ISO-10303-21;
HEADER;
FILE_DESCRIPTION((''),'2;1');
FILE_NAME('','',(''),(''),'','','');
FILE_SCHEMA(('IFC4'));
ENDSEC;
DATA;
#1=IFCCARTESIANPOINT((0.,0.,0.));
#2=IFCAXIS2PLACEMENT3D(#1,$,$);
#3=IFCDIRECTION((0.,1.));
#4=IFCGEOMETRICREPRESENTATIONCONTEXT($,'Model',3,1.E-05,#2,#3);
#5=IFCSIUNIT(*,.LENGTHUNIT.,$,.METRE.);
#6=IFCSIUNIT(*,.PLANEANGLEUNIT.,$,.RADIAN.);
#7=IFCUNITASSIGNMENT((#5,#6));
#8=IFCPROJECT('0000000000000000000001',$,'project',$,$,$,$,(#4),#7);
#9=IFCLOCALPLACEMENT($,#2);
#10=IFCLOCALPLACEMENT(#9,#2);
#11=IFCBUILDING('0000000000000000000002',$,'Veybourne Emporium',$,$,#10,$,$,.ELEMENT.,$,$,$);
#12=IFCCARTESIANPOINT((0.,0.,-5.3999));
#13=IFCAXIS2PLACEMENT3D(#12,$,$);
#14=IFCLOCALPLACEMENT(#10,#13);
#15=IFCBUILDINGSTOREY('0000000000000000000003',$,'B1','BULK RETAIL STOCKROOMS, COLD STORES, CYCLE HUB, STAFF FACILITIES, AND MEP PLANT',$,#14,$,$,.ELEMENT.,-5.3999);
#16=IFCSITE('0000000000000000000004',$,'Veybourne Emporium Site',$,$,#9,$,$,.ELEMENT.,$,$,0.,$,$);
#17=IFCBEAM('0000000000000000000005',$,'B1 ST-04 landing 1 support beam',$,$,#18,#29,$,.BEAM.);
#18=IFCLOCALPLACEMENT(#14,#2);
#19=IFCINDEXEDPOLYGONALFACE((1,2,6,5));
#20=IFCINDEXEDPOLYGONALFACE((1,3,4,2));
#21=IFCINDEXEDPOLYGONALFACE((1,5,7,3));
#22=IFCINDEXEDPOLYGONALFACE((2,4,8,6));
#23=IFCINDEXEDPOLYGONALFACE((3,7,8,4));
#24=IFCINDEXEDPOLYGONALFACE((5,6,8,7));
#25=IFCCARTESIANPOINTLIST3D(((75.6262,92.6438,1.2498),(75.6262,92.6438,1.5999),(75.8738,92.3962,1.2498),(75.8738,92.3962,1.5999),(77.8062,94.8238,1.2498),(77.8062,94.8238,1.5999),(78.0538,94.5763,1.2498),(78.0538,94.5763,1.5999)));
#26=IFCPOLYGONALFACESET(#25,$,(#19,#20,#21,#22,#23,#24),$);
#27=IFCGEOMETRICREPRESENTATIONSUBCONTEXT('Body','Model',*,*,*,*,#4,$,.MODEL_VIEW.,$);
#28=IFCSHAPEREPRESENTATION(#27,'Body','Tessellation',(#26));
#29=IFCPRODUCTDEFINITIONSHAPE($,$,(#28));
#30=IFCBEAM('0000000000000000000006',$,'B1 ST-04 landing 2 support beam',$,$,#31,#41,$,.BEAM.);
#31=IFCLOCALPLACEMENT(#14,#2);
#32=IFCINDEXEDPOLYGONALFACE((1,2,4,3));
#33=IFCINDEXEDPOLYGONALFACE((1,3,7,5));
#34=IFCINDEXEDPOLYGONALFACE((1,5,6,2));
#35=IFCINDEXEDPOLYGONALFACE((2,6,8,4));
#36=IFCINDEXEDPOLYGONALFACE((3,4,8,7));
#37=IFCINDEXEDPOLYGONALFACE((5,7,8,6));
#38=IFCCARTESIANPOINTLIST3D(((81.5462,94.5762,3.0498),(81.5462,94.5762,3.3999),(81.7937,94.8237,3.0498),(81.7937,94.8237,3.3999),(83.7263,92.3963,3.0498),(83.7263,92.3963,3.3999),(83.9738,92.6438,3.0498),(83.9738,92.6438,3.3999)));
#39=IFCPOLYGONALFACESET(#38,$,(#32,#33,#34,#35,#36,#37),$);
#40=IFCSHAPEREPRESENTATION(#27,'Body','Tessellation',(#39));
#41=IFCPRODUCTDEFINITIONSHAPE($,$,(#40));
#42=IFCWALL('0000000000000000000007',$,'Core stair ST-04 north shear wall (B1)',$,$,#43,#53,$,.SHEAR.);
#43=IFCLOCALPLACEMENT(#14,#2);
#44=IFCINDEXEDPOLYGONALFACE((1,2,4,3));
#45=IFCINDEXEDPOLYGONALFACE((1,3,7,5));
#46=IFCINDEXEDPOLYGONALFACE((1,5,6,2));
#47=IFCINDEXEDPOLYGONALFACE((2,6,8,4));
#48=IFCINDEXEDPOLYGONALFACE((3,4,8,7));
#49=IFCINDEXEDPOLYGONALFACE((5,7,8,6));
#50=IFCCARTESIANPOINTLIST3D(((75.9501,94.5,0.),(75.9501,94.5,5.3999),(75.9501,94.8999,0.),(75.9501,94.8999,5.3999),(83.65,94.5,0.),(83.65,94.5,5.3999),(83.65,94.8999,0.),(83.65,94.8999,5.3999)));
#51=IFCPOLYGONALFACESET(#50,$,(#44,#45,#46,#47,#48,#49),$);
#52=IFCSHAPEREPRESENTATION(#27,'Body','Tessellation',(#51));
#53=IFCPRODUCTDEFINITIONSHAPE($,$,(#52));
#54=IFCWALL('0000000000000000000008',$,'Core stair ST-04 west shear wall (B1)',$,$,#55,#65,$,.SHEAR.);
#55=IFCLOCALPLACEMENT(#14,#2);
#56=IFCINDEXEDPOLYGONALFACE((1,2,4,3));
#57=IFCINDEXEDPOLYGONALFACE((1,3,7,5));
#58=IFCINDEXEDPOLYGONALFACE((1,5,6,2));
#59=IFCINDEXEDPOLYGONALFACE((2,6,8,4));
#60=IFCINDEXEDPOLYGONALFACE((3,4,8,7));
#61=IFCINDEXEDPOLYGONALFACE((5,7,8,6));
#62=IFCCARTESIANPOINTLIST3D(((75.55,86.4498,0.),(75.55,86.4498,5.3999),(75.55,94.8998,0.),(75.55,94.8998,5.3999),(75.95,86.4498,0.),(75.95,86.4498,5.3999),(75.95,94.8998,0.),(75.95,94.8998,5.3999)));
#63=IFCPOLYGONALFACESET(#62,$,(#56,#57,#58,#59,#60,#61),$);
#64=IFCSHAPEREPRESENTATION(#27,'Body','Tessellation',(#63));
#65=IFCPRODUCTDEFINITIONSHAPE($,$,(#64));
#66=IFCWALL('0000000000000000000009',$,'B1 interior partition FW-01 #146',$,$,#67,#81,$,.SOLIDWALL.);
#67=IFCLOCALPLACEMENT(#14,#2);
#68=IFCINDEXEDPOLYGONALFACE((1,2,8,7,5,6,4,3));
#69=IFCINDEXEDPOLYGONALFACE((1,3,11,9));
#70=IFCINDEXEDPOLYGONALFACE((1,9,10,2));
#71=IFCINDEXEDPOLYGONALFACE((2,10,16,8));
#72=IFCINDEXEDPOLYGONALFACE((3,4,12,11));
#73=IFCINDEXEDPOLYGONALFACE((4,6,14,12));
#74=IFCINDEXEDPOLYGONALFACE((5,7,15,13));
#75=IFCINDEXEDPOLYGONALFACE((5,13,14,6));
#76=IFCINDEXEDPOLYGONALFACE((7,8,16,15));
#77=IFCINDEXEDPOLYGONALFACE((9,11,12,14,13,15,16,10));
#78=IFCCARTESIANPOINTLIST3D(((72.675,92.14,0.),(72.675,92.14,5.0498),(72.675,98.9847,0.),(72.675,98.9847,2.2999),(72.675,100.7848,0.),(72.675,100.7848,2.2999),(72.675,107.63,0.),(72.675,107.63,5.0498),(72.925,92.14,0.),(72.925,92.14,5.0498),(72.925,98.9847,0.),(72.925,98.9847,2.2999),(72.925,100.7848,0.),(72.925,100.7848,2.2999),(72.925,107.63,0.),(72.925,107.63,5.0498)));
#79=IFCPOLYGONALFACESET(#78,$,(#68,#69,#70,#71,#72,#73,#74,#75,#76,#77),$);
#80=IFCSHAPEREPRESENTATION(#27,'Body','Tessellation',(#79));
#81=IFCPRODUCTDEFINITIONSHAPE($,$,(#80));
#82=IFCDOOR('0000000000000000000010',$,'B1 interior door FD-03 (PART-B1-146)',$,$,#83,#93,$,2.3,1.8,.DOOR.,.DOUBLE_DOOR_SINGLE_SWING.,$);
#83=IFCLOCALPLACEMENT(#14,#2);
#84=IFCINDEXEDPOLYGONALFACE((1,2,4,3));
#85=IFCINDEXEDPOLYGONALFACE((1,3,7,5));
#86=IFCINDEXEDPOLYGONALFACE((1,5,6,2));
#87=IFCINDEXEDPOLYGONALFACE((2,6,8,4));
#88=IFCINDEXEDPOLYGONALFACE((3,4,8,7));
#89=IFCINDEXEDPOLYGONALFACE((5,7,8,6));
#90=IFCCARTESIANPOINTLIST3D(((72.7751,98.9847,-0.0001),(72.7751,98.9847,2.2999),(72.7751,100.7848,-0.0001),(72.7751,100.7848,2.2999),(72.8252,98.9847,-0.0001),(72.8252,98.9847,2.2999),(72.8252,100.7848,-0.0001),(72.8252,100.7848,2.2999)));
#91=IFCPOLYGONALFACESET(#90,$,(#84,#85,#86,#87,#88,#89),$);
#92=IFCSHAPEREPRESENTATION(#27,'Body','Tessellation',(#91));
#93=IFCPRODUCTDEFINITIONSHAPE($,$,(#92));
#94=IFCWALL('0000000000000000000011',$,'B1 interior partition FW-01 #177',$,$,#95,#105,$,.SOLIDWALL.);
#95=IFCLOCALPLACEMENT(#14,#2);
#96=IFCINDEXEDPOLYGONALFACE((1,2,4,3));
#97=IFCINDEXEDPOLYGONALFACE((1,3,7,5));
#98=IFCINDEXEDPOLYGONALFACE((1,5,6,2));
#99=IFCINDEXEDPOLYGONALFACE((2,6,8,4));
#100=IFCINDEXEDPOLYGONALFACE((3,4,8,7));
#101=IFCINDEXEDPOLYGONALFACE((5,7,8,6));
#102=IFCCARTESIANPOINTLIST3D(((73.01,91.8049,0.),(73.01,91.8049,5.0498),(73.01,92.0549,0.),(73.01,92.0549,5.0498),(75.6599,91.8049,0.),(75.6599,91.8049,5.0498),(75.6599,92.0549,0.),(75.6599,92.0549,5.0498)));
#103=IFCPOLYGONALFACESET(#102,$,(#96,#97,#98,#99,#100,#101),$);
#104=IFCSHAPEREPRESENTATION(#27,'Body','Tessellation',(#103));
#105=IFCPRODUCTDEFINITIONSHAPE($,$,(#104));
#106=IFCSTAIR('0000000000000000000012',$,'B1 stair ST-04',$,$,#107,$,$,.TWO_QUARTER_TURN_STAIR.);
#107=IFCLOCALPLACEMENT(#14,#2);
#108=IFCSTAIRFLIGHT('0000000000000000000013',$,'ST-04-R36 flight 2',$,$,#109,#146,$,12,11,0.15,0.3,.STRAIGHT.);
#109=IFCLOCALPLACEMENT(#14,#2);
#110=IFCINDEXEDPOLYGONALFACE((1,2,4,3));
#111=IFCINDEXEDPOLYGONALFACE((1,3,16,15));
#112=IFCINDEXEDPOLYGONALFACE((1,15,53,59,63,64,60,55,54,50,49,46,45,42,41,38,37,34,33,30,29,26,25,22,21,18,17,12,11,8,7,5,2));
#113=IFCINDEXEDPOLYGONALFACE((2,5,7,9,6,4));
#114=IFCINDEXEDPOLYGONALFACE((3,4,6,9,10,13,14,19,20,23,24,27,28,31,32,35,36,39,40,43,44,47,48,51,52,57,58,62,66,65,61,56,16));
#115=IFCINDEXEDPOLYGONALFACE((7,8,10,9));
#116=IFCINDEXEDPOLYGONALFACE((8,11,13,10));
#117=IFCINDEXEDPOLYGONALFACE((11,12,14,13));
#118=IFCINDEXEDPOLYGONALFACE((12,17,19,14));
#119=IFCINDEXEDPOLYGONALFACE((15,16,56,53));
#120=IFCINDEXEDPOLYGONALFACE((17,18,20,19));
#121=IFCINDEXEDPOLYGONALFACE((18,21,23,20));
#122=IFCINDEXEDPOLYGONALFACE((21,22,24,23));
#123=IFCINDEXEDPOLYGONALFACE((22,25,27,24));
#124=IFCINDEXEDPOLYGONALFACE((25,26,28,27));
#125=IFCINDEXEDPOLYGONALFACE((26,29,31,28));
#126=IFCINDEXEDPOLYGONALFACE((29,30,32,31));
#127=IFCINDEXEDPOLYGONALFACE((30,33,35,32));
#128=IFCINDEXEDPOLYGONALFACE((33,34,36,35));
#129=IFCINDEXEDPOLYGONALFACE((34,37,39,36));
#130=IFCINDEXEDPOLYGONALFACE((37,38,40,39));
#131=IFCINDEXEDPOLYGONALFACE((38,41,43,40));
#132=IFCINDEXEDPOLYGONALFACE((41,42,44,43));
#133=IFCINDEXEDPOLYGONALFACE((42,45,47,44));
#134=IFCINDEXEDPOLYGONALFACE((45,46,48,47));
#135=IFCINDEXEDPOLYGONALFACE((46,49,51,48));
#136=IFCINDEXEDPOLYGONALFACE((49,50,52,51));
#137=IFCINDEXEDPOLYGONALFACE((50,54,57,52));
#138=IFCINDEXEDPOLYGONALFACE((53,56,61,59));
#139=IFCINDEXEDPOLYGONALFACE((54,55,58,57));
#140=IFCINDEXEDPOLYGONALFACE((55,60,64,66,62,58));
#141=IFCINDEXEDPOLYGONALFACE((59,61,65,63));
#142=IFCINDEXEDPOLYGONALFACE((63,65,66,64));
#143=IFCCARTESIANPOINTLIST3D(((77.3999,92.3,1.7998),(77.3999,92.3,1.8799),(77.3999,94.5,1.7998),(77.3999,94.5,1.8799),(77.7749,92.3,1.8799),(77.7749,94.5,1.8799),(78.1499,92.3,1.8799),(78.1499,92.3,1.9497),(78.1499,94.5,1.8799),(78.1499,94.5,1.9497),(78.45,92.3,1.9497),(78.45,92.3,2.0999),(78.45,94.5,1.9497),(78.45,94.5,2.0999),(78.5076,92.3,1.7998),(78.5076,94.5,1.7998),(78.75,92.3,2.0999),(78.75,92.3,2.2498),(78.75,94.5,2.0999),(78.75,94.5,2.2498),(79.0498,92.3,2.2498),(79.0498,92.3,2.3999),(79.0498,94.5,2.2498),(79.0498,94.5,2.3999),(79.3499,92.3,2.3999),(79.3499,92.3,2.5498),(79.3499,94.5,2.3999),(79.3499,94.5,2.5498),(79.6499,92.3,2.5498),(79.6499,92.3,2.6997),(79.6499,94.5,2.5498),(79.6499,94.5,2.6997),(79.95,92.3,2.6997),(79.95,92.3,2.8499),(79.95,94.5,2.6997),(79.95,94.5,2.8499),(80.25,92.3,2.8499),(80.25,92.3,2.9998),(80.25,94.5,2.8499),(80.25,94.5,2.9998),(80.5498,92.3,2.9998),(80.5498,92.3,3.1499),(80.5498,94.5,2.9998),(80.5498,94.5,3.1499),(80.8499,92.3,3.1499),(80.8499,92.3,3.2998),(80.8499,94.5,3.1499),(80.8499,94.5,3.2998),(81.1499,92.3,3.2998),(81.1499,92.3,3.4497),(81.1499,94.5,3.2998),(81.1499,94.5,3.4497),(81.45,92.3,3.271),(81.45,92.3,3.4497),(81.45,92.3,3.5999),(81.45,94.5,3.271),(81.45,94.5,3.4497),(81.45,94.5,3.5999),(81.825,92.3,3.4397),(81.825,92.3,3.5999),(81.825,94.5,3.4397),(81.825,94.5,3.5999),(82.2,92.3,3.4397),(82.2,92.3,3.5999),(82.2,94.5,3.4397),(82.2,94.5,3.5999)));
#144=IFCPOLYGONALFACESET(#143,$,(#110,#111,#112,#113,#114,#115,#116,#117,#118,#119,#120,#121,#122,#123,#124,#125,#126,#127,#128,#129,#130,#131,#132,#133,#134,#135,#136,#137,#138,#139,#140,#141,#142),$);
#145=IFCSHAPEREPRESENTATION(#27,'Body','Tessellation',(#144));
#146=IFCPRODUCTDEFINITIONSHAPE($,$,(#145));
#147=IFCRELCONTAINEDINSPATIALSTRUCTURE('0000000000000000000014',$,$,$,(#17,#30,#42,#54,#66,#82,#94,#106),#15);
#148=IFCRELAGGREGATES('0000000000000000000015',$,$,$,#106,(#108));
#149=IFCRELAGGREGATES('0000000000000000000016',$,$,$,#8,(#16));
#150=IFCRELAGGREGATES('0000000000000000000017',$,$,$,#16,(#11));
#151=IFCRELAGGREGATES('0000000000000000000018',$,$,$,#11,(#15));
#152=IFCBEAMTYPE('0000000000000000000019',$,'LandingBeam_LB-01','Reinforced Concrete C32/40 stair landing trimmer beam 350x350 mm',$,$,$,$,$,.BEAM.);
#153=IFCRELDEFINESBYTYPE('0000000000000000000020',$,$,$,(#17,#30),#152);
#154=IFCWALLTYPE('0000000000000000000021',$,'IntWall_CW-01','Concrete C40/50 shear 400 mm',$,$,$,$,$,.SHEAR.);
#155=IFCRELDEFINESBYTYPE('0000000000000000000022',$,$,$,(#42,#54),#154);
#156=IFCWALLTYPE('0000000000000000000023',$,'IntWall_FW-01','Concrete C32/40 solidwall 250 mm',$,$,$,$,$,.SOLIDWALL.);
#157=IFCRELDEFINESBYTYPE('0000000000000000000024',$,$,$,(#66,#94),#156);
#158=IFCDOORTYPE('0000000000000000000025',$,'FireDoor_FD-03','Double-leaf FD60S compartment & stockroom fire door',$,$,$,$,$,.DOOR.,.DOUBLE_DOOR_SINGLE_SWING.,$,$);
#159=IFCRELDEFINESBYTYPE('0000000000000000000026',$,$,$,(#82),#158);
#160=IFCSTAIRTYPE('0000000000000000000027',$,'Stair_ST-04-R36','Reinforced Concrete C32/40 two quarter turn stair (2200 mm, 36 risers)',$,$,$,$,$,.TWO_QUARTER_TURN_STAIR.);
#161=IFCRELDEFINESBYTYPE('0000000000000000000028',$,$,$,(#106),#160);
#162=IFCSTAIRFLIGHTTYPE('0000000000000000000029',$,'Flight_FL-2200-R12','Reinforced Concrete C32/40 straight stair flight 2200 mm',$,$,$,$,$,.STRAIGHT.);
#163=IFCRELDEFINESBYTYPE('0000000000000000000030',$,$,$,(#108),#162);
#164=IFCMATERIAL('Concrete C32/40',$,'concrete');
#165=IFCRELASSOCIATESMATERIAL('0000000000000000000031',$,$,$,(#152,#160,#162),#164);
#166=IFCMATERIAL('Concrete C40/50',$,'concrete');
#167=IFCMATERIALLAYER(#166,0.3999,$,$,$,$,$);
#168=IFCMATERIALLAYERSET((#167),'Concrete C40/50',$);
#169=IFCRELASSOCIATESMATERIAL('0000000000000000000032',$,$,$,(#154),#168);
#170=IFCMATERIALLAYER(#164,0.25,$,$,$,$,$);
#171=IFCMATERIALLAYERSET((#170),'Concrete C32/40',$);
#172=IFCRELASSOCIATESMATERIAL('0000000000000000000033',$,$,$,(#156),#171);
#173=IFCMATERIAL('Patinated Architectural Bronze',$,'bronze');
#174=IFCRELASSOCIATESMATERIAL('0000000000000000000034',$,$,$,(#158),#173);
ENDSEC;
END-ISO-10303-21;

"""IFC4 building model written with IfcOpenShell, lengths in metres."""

from ifc_helpers import new_model, si_unit, direction, frame, frame_2d, origin, origin_2d, place, context, subcontext, project, spatial, polyline, rectangle, outline, extrude, material, layer, layer_set, material_profile, profile_set, type_object, element, fill, aggregate, save


model = new_model("IFC4")

# Units and contexts
model_context = context("Model", 3, precision=1e-05, world=origin(), true_north=direction((0.0, 1.0)))
body_context = subcontext(model_context, "Body", "Model", "MODEL_VIEW")
ifc_project = project(units=[si_unit("LENGTHUNIT", "METRE"), si_unit("PLANEANGLEUNIT", "RADIAN")], contexts=[model_context])

# Site, building, storey
site_placement = place(None, origin())
site = spatial("IfcSite", under=ifc_project, at=site_placement, Name="Veybourne Emporium Site", CompositionType="ELEMENT", RefElevation=0.0)
building_placement = place(site_placement, origin())
building = spatial("IfcBuilding", under=site, at=building_placement, Name="Veybourne Emporium", CompositionType="ELEMENT")
storey_placement = place(building_placement, frame((0.0, 0.0, -5.3999)))
storey = spatial("IfcBuildingStorey", under=building, at=storey_placement, Name="B1", Description="BULK RETAIL STOCKROOMS, COLD STORES, CYCLE HUB, STAFF FACILITIES, AND MEP PLANT", CompositionType="ELEMENT", Elevation=-5.3999)

# Shared definitions
ifc_material_1 = material(Name="Concrete C40/50", Category="concrete")

# Beams
ifc_material_2 = material(Name="Concrete C32/40", Category="concrete")
ifc_material_profile_1 = material_profile(ifc_material_2, rectangle(XDim=0.3501, YDim=0.3501, at=origin_2d()), Name="RC 350x350")
ifc_profile_set_1 = profile_set([ifc_material_profile_1], Name="Concrete C32/40")
beam_type = type_object("IfcBeamType", Name="LandingBeam_LB-01", Description="Reinforced Concrete C32/40 stair landing trimmer beam 350x350 mm", PredefinedType="BEAM", material=ifc_profile_set_1)
for number, where, z_axis, x_axis, name in (
    (1, (75.75, 92.52, 1.4248), (0.707107, 0.707107, 0.0), (-0.707107, 0.707107, 0.0), "B1 ST-04 landing 1 support beam"),
    (2, (81.6699, 94.7, 3.2249), (0.707146, -0.707067, 0.0), (0.707067, 0.707146, 0.0), "B1 ST-04 landing 2 support beam"),
):
    element("IfcBeam", number, at=place(storey_placement, frame(where, z_axis=z_axis, x_axis=x_axis)), inside=storey, type_object=beam_type, Name=name, PredefinedType="BEAM", context=body_context, shape_type="SweptSolid", body=[
        extrude(rectangle(XDim=0.3501, YDim=0.3501, at=origin_2d()), origin(), (0.0, 0.0, 1.0), 3.083),
    ])

# Walls
ifc_layer_1 = layer(ifc_material_1, 0.3999)
ifc_layer_set_1 = layer_set([ifc_layer_1], Name="Concrete C40/50")
wall_type_1 = type_object("IfcWallType", Name="IntWall_CW-01", Description="Concrete C40/50 shear 400 mm", PredefinedType="SHEAR", material=ifc_layer_set_1)
wall_1_placement = place(storey_placement, frame((75.95, 94.7, 0.0), z_axis=(0.0, 0.0, 1.0), x_axis=(1.0, 0.0, 0.0)))
element("IfcWall", 3, at=wall_1_placement, inside=storey, type_object=wall_type_1, Name="Core stair ST-04 north shear wall (B1)", PredefinedType="SHEAR", context=body_context, shape_type="SweptSolid", body=[
    extrude(rectangle(XDim=7.7, YDim=0.3999, at=frame_2d((3.8501, 0.0))), origin(), (0.0, 0.0, 1.0), 5.3999),
])
wall_2_placement = place(storey_placement, frame((75.75, 94.8999, 0.0), z_axis=(0.0, 0.0, 1.0), x_axis=(0.0, -1.0, 0.0)))
element("IfcWall", 4, at=wall_2_placement, inside=storey, type_object=wall_type_1, Name="Core stair ST-04 west shear wall (B1)", PredefinedType="SHEAR", context=body_context, shape_type="SweptSolid", body=[
    extrude(rectangle(XDim=8.45, YDim=0.3999, at=frame_2d((4.2251, 0.0))), origin(), (0.0, 0.0, 1.0), 5.3999),
])

# Wall, opening, door
ifc_layer_2 = layer(ifc_material_2, 0.25)
ifc_layer_set_2 = layer_set([ifc_layer_2], Name="Concrete C32/40")
wall_type_2 = type_object("IfcWallType", Name="IntWall_FW-01", Description="Concrete C32/40 solidwall 250 mm", PredefinedType="SOLIDWALL", material=ifc_layer_set_2)
wall_3_placement = place(storey_placement, frame((72.8, 92.1399, 0.0), z_axis=(0.0, 0.0, 1.0), x_axis=(0.0, 1.0, 0.0)))
wall_3 = element("IfcWall", 5, at=wall_3_placement, inside=storey, type_object=wall_type_2, Name="B1 interior partition FW-01 #146", PredefinedType="SOLIDWALL", context=body_context, shape_type="SweptSolid", body=[
    extrude(rectangle(XDim=15.49, YDim=0.25, at=frame_2d((7.7451, 0.0))), origin(), (0.0, 0.0, 1.0), 5.0498),
])
opening_placement = place(wall_3_placement, frame((6.845, 0.0, 0.0)))
opening = element("IfcOpeningElement", 6, at=opening_placement, cuts=wall_3, PredefinedType="OPENING", context=body_context, shape_type="SweptSolid", body=[
    extrude(rectangle(XDim=1.8, YDim=2.3, at=frame_2d((0.8999, 1.1499))), frame((0.0, 0.145, 0.0), z_axis=(0.0, -1.0, 0.0), x_axis=(1.0, 0.0, 0.0)), (0.0, 0.0, 1.0), 0.29),
])
ifc_material_3 = material(Name="Patinated Architectural Bronze", Category="bronze")
door_type = type_object("IfcDoorType", Name="FireDoor_FD-03", Description="Double-leaf FD60S compartment & stockroom fire door", OperationType="DOUBLE_DOOR_SINGLE_SWING", PredefinedType="DOOR", material=ifc_material_3)
door_placement = place(opening_placement, origin())
door = element("IfcDoor", 7, at=door_placement, inside=storey, type_object=door_type, Name="B1 interior door FD-03 (PART-B1-146)", OperationType="DOUBLE_DOOR_SINGLE_SWING", OverallHeight=2.3, OverallWidth=1.8, PredefinedType="DOOR", context=body_context, shape_type="SweptSolid", body=[
    extrude(rectangle(XDim=1.8, YDim=2.3, at=frame_2d((0.8999, 1.1499))), frame((0.0, 0.0249, 0.0), z_axis=(0.0, -1.0, 0.0), x_axis=(1.0, 0.0, 0.0)), (0.0, 0.0, 1.0), 0.05),
])
fill(opening, door)

# Wall
wall_4_placement = place(storey_placement, frame((73.01, 91.9299, 0.0), z_axis=(0.0, 0.0, 1.0), x_axis=(1.0, 0.0, 0.0)))
element("IfcWall", 8, at=wall_4_placement, inside=storey, type_object=wall_type_2, Name="B1 interior partition FW-01 #177", PredefinedType="SOLIDWALL", context=body_context, shape_type="SweptSolid", body=[
    extrude(rectangle(XDim=2.6499, YDim=0.25, at=frame_2d((1.325, 0.0))), origin(), (0.0, 0.0, 1.0), 5.0498),
])

# Stair, stair flight
stair_type = type_object("IfcStairType", Name="Stair_ST-04-R36", Description="Reinforced Concrete C32/40 two quarter turn stair (2200 mm, 36 risers)", PredefinedType="TWO_QUARTER_TURN_STAIR", material=ifc_material_2)
stair_placement = place(storey_placement, origin())
stair = element("IfcStair", 9, at=stair_placement, inside=storey, type_object=stair_type, Name="B1 stair ST-04", PredefinedType="TWO_QUARTER_TURN_STAIR")
stair_flight_type = type_object("IfcStairFlightType", Name="Flight_FL-2200-R12", Description="Reinforced Concrete C32/40 straight stair flight 2200 mm", PredefinedType="STRAIGHT", material=ifc_material_2)
stair_flight_1_placement = place(storey_placement, frame((78.1499, 93.3999, 1.7998), z_axis=(0.0, 0.0, 1.0), x_axis=(1.0, 0.0, 0.0)))
stair_flight_1 = element("IfcStairFlight", 10, at=stair_flight_1_placement, type_object=stair_flight_type, Name="ST-04-R36 flight 2", NumberOfRisers=12, NumberOfTreads=11, PredefinedType="STRAIGHT", RiserHeight=0.15, TreadLength=0.3, context=body_context, shape_type="SweptSolid", body=[
    extrude(outline(polyline([(-0.75, 0.0), (-0.75, 0.0801), (-0.375, 0.0801), (0.0, 0.0801), (0.0, 0.1499), (0.3, 0.1499), (0.3, 0.3), (0.6001, 0.3), (0.6001, 0.45), (0.8999, 0.45), (0.8999, 0.6001), (1.2, 0.6001), (1.2, 0.75), (1.5, 0.75), (1.5, 0.8999), (1.8, 0.8999), (1.8, 1.05), (2.1001, 1.05), (2.1001, 1.2), (2.3999, 1.2), (2.3999, 1.3501), (2.7, 1.3501), (2.7, 1.5), (3.0, 1.5), (3.0, 1.6499), (3.3, 1.6499), (3.3, 1.8), (3.675, 1.8), (4.05, 1.8), (4.05, 1.6399), (3.675, 1.6399), (3.3, 1.4712), (0.3577, 0.0), (-0.75, 0.0)])), frame((0.0, 1.1001, 0.0), z_axis=(0.0, -1.0, 0.0), x_axis=(1.0, 0.0, 0.0)), (0.0, 0.0, 1.0), 2.2),
])
aggregate(stair, [stair_flight_1])

save(model, "model.ifc")
